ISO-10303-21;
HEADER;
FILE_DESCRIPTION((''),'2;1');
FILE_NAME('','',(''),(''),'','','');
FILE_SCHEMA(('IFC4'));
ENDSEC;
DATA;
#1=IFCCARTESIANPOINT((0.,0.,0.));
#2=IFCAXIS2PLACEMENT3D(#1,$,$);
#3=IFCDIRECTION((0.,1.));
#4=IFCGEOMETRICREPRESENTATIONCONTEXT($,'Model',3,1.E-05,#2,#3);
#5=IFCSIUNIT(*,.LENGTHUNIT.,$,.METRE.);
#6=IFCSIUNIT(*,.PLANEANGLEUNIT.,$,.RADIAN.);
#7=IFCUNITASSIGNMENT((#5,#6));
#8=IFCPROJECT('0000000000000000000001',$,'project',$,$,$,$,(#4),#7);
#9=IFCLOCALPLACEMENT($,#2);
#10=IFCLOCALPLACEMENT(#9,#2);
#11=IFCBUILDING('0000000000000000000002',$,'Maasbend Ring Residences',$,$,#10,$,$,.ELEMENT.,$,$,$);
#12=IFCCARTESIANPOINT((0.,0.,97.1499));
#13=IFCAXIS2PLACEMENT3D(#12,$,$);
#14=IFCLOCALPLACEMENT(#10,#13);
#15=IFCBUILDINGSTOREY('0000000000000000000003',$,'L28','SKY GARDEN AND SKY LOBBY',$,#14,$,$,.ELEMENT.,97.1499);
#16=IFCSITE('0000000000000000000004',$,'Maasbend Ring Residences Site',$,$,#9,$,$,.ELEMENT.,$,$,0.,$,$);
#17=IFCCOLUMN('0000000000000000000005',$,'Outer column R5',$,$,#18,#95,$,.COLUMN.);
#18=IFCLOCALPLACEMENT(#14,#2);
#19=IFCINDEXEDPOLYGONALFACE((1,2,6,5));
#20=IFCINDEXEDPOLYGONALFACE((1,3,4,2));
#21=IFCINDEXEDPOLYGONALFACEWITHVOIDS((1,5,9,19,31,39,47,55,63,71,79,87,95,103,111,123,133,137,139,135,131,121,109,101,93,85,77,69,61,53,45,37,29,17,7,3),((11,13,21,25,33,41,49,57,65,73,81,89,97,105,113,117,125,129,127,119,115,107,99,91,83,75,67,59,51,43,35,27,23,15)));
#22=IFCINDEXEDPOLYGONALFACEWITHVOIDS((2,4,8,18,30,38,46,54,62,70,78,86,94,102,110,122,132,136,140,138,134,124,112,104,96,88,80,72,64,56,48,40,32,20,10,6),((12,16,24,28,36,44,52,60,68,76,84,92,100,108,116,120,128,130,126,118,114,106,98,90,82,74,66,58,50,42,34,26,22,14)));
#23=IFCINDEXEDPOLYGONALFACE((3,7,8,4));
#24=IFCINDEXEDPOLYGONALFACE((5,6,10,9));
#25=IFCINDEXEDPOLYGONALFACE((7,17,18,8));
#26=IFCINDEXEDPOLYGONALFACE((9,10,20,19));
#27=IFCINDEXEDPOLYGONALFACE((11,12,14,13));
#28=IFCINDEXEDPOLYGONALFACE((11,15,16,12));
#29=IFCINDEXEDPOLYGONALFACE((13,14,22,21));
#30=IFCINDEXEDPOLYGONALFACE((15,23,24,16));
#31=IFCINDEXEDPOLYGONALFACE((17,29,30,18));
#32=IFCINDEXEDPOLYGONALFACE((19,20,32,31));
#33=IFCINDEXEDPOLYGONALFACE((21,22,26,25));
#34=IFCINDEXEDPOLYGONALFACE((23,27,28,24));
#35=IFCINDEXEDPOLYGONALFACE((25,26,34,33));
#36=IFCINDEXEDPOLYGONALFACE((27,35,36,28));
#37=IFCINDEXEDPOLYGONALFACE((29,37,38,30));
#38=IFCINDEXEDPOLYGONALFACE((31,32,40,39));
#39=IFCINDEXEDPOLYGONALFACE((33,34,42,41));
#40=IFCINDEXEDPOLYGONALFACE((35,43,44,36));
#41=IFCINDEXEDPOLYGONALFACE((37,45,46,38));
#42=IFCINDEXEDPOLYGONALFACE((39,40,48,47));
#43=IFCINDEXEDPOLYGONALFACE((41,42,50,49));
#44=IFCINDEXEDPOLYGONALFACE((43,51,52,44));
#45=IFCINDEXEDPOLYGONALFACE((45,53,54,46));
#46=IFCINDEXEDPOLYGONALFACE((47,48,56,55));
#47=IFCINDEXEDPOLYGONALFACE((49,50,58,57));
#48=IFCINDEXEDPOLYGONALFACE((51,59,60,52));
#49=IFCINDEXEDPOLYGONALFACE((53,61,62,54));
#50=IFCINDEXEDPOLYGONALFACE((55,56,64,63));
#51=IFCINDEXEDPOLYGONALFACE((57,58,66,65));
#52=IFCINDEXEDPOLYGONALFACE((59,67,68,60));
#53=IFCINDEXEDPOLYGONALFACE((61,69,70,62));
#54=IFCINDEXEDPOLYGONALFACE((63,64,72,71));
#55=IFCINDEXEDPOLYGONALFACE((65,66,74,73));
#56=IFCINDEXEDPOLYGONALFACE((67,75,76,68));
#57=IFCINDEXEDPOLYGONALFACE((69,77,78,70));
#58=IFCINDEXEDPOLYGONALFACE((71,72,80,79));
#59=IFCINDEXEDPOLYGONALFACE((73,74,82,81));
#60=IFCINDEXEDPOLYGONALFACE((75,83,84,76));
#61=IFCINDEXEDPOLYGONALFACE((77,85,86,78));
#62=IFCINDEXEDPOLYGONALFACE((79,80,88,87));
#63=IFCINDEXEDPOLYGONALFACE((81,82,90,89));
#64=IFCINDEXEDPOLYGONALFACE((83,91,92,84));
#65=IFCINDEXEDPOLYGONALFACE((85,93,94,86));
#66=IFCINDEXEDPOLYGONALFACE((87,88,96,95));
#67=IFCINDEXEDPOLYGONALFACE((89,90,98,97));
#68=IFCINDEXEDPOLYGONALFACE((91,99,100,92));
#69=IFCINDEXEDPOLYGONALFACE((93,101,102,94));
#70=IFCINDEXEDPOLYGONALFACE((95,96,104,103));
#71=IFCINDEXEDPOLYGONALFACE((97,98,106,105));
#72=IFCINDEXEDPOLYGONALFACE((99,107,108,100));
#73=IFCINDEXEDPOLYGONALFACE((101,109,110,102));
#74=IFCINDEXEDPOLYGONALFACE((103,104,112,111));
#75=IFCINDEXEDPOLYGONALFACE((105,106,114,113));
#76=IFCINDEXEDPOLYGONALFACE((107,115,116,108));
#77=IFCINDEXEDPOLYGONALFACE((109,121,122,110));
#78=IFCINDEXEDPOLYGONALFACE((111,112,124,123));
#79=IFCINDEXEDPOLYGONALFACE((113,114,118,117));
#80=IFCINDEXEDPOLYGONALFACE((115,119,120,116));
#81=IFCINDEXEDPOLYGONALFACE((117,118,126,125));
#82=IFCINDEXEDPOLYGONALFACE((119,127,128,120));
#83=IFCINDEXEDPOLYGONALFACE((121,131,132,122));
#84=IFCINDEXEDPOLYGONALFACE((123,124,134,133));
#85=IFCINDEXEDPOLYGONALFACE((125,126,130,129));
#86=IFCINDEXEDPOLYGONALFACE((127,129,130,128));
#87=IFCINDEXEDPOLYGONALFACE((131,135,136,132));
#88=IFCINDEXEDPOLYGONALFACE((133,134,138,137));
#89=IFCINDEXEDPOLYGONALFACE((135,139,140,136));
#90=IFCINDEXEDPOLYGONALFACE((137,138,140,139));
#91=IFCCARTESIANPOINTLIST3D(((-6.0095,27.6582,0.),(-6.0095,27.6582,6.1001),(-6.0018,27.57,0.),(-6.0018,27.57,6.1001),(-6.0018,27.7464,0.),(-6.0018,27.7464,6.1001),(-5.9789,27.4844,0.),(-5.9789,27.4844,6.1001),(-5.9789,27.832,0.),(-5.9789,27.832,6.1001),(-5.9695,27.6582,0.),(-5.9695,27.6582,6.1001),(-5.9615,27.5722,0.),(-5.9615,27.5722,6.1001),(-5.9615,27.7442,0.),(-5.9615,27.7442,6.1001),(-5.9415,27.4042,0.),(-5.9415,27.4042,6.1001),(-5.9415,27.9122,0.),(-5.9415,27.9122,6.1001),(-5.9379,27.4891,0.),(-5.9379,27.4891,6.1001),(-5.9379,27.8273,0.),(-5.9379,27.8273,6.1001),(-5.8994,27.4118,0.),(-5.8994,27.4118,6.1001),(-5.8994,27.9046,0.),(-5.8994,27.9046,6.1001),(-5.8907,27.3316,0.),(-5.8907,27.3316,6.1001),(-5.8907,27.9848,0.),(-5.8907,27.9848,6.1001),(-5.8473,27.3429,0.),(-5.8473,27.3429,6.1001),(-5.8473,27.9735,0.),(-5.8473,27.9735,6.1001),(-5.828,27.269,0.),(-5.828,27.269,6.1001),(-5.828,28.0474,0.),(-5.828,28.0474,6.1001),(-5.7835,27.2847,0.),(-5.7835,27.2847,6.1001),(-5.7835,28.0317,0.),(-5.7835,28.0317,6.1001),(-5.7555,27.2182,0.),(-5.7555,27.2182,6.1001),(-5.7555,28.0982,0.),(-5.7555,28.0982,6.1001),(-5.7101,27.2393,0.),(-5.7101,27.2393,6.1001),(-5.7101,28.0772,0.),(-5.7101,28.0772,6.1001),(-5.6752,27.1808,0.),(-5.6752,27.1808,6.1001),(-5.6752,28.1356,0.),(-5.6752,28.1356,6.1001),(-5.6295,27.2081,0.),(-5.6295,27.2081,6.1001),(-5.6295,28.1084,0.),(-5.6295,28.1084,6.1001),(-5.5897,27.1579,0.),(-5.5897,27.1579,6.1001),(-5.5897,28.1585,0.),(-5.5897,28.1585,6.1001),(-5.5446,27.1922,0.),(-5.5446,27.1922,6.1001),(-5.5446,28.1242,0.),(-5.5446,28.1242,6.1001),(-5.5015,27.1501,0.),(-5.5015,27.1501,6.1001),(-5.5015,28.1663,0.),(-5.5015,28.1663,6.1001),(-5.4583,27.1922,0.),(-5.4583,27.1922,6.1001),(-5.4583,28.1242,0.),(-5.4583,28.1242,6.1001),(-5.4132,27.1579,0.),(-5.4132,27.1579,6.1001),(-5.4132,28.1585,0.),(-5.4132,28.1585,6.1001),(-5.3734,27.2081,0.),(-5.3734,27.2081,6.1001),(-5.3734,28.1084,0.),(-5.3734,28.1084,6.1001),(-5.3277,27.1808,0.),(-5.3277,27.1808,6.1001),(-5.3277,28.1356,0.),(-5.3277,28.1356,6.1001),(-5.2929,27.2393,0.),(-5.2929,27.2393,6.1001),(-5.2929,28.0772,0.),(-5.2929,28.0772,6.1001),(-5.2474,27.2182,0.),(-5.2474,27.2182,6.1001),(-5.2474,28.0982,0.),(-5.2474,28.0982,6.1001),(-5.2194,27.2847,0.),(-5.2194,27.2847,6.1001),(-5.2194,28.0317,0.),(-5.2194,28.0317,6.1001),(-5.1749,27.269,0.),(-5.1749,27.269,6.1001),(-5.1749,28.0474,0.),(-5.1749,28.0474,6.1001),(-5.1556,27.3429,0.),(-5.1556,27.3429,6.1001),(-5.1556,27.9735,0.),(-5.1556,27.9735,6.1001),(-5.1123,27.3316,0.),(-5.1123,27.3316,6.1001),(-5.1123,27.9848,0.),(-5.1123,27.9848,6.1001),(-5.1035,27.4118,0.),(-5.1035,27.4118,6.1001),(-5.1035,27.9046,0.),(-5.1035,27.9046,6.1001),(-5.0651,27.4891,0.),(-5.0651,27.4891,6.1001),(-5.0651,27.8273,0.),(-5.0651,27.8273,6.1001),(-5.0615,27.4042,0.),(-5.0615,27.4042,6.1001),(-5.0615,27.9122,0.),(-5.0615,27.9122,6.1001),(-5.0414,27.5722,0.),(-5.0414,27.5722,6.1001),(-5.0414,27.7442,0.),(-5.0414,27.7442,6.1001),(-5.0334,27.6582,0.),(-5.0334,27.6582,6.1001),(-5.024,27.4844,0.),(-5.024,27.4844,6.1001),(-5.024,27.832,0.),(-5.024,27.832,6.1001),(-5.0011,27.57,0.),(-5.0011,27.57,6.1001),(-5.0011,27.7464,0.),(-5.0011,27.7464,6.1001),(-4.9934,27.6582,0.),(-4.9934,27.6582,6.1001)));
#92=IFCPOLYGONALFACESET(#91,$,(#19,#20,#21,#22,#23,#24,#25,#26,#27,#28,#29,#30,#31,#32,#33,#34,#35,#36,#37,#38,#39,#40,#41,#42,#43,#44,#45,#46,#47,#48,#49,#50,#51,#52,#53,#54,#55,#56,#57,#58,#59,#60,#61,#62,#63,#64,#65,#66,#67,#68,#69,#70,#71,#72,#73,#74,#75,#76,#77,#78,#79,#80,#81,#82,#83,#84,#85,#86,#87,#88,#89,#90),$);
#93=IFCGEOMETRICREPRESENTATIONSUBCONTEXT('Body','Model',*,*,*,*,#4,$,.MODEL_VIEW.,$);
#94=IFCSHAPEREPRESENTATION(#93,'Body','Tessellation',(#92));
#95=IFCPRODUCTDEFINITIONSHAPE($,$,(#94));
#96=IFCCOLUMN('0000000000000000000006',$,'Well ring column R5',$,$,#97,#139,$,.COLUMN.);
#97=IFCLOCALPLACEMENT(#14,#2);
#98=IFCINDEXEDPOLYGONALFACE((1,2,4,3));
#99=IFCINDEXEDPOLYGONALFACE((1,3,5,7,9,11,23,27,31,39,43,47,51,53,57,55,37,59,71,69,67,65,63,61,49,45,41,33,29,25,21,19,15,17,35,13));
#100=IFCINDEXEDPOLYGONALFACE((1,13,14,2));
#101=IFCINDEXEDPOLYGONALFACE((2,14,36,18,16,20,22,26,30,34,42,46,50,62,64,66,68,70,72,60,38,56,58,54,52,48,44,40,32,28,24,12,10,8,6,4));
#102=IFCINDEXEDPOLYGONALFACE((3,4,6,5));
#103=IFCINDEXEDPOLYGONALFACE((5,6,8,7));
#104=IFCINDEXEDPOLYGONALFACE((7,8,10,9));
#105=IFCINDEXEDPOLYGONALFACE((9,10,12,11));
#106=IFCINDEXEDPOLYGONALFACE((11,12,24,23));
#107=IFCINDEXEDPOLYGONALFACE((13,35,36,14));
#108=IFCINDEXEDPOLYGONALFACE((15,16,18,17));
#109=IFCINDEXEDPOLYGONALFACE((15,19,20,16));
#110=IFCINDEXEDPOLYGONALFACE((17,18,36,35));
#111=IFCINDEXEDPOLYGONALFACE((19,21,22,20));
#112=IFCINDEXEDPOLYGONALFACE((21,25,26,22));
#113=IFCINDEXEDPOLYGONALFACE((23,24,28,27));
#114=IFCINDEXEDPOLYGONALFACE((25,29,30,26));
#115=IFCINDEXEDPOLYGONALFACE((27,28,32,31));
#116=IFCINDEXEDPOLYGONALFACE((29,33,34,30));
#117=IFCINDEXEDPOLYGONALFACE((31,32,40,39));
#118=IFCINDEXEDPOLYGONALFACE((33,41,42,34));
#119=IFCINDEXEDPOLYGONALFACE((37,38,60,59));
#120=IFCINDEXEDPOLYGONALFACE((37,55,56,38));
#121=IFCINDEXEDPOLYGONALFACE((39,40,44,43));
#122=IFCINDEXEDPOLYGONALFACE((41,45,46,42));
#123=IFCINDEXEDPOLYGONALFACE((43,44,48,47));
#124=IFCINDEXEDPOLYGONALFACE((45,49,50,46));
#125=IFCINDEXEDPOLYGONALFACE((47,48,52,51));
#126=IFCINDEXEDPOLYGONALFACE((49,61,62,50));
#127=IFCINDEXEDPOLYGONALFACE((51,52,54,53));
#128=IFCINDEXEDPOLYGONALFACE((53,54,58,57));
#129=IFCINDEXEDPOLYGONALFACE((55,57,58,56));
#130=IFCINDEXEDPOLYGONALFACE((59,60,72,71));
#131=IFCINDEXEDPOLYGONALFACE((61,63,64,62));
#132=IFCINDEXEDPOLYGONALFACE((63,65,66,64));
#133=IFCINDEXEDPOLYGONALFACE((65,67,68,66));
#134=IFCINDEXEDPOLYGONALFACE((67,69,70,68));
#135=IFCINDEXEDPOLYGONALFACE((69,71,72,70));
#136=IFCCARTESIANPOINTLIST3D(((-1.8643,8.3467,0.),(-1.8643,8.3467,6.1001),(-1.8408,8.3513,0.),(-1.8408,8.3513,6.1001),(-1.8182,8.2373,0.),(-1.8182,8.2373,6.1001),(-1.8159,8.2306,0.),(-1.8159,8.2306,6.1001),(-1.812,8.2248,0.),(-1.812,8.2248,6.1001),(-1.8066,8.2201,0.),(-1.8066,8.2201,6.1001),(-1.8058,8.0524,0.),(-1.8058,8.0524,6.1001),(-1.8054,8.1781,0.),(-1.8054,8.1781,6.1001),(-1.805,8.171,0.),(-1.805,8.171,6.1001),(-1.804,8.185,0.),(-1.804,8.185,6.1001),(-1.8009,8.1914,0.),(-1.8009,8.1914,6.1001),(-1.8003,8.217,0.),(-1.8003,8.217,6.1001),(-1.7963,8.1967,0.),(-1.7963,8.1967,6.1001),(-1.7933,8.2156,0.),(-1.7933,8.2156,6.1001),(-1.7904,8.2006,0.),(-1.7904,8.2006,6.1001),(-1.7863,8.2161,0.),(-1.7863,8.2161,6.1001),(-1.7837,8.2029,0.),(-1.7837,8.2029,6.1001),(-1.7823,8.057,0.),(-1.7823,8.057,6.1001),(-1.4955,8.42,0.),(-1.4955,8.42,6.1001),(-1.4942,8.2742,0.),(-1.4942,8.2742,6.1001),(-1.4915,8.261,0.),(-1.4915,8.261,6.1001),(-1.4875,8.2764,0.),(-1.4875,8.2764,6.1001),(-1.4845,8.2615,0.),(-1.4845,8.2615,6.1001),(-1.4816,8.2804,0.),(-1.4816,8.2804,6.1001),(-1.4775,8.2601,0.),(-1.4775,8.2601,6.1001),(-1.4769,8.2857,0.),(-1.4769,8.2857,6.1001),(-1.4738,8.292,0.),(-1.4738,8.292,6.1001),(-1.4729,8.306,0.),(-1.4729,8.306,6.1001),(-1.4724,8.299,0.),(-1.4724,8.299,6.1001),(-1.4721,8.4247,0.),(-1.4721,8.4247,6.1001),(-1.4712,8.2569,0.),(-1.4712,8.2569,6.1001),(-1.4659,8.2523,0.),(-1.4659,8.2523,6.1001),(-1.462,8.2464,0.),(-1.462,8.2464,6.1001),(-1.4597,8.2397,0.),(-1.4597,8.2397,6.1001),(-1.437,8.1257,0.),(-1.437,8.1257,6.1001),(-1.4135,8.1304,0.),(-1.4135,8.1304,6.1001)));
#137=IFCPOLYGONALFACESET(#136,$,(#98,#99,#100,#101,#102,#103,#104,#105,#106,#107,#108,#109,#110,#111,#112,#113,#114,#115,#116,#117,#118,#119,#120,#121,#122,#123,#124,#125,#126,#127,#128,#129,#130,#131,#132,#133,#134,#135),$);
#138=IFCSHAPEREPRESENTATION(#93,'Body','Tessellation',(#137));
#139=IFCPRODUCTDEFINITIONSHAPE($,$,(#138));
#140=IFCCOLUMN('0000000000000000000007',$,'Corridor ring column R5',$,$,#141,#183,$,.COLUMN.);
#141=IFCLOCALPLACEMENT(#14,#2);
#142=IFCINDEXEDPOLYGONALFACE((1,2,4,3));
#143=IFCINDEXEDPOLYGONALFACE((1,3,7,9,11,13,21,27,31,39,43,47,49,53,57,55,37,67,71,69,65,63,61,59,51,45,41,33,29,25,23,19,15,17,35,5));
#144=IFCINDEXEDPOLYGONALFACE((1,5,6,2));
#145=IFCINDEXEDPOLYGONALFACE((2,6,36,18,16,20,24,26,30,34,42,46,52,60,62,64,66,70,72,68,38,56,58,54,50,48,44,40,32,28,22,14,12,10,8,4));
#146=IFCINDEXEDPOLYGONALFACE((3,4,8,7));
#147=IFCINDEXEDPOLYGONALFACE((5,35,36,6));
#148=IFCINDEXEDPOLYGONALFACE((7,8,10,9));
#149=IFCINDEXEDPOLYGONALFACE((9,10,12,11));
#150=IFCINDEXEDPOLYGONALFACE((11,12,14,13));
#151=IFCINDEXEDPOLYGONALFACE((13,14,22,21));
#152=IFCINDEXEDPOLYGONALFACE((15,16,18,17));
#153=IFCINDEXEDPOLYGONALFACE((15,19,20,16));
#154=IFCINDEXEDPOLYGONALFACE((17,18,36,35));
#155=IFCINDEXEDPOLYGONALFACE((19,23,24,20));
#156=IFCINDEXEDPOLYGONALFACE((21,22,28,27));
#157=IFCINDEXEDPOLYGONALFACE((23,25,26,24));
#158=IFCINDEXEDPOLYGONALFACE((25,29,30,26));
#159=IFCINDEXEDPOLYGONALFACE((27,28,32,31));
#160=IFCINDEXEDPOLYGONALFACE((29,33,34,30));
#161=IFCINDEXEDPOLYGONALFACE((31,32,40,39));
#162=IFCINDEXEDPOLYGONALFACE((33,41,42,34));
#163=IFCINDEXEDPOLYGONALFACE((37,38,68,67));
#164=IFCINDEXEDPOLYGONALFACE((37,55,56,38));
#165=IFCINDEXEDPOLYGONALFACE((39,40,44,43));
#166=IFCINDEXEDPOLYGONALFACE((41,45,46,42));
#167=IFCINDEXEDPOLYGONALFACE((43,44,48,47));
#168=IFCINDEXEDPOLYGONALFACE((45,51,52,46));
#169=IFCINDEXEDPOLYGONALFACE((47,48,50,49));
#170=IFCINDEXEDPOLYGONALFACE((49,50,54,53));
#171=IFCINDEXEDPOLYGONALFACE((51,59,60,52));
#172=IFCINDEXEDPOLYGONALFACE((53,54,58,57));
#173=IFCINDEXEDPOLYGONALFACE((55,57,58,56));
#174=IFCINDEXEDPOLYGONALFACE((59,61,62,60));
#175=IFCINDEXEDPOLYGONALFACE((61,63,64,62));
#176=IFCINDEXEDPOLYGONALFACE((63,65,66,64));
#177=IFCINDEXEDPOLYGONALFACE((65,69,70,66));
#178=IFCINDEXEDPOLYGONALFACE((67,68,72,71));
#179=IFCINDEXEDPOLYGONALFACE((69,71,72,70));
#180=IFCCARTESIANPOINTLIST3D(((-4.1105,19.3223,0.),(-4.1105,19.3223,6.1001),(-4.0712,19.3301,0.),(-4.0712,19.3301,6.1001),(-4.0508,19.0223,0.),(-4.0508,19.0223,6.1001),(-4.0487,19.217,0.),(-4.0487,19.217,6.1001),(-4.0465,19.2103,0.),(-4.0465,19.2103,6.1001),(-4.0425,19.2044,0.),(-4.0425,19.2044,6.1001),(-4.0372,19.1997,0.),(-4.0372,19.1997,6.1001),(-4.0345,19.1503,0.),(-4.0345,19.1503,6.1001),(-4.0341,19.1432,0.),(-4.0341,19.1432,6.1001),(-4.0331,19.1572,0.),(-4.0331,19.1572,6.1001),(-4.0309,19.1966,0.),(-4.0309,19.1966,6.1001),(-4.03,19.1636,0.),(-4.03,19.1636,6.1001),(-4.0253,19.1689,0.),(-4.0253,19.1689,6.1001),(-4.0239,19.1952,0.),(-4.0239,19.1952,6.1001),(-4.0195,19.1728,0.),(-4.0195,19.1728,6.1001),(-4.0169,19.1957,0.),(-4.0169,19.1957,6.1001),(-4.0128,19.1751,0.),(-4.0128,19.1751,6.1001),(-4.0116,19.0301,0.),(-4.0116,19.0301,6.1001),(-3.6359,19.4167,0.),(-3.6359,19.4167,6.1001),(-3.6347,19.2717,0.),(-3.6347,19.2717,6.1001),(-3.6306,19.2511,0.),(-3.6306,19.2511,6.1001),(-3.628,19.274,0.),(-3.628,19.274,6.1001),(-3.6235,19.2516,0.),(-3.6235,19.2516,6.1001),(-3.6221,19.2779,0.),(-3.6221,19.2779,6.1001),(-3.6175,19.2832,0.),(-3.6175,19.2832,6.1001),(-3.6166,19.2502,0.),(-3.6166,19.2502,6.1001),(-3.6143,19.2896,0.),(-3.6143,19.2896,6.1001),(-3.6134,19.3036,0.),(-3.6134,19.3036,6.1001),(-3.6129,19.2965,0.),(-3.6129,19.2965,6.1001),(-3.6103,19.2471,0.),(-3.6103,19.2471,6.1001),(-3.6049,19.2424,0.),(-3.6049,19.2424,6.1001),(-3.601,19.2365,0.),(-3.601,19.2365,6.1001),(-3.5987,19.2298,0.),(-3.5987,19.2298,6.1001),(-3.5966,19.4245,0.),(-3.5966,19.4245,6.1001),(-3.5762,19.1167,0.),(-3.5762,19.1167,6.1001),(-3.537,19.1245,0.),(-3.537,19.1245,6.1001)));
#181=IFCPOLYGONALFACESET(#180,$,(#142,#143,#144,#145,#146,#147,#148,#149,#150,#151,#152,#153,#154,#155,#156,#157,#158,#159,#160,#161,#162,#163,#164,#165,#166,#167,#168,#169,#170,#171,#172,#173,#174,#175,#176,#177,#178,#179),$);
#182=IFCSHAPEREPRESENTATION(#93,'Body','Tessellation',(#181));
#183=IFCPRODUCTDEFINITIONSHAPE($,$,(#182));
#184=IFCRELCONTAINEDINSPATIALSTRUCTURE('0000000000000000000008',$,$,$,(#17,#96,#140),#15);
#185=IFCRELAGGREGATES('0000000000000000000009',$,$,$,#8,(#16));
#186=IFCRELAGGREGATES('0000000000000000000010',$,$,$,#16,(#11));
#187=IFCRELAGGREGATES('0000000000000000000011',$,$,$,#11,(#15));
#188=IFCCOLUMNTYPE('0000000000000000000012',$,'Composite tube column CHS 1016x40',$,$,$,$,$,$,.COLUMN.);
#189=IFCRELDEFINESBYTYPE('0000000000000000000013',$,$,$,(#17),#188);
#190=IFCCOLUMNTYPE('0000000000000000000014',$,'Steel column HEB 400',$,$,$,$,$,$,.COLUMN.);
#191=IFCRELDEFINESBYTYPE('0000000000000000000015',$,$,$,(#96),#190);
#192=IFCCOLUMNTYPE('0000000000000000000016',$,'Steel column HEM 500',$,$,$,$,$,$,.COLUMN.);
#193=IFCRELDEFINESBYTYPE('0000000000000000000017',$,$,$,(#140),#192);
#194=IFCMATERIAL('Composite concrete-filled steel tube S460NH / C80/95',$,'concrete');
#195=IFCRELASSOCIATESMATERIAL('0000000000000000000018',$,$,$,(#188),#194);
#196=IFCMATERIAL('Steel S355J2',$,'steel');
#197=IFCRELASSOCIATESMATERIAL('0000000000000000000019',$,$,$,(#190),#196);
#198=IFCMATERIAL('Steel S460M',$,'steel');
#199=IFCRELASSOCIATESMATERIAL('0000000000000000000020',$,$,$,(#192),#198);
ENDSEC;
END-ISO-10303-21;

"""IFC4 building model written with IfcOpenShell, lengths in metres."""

from ifc_helpers import new_model, si_unit, direction, frame, origin, origin_2d, place, context, subcontext, project, spatial, hollow_circle, i_section, extrude, material, material_profile, profile_set, type_object, element, save


model = new_model("IFC4")

# Units and contexts
model_context = context("Model", 3, precision=1e-05, world=origin(), true_north=direction((0.0, 1.0)))
body_context = subcontext(model_context, "Body", "Model", "MODEL_VIEW")
ifc_project = project(units=[si_unit("LENGTHUNIT", "METRE"), si_unit("PLANEANGLEUNIT", "RADIAN")], contexts=[model_context])

# Site, building, storey
site_placement = place(None, origin())
site = spatial("IfcSite", under=ifc_project, at=site_placement, Name="Maasbend Ring Residences Site", CompositionType="ELEMENT", RefElevation=0.0)
building_placement = place(site_placement, origin())
building = spatial("IfcBuilding", under=site, at=building_placement, Name="Maasbend Ring Residences", CompositionType="ELEMENT")
storey_placement = place(building_placement, frame((0.0, 0.0, 97.1499)))
storey = spatial("IfcBuildingStorey", under=building, at=storey_placement, Name="L28", Description="SKY GARDEN AND SKY LOBBY", CompositionType="ELEMENT", Elevation=97.1499)

# Columns
ifc_material_1 = material(Name="Composite concrete-filled steel tube S460NH / C80/95", Category="concrete")
ifc_material_profile_1 = material_profile(ifc_material_1, hollow_circle(Radius=0.5081, WallThickness=0.04, at=origin_2d()), Name="Composite tube column CHS 1016x40")
ifc_profile_set_1 = profile_set([ifc_material_profile_1], Name="Composite concrete-filled steel tube S460NH / C80/95")
column_type_1 = type_object("IfcColumnType", Name="Composite tube column CHS 1016x40", PredefinedType="COLUMN", material=ifc_profile_set_1)
column_1_placement = place(storey_placement, frame((-5.5015, 27.6582, 0.0), z_axis=(0.0, 0.0, 1.0), x_axis=(1.0, 0.0, 0.0)))
element("IfcColumn", 1, at=column_1_placement, inside=storey, type_object=column_type_1, Name="Outer column R5", PredefinedType="COLUMN", context=body_context, shape_type="SweptSolid", body=[
    extrude(hollow_circle(Radius=0.5081, WallThickness=0.04, at=origin_2d()), origin(), (0.0, 0.0, 1.0), 6.1001),
])
ifc_material_2 = material(Name="Steel S355J2", Category="steel")
ifc_material_profile_2 = material_profile(ifc_material_2, i_section(OverallWidth=0.3, OverallDepth=0.3999, WebThickness=0.0134, FlangeThickness=0.0239, FilletRadius=0.0271, at=origin_2d()), Name="HEB 400")
ifc_profile_set_2 = profile_set([ifc_material_profile_2], Name="Steel S355J2")
column_type_2 = type_object("IfcColumnType", Name="Steel column HEB 400", PredefinedType="COLUMN", material=ifc_profile_set_2)
column_2_placement = place(storey_placement, frame((-1.6389, 8.2385, 0.0), z_axis=(0.0, 0.0, 1.0), x_axis=(-0.19509, 0.980785, 0.0)))
element("IfcColumn", 2, at=column_2_placement, inside=storey, type_object=column_type_2, Name="Well ring column R5", PredefinedType="COLUMN", context=body_context, shape_type="SweptSolid", body=[
    extrude(i_section(OverallWidth=0.3, OverallDepth=0.3999, WebThickness=0.0134, FlangeThickness=0.0239, FilletRadius=0.0271, at=origin_2d()), origin(), (0.0, 0.0, 1.0), 6.1001),
])
ifc_material_3 = material(Name="Steel S460M", Category="steel")
ifc_material_profile_3 = material_profile(ifc_material_3, i_section(OverallWidth=0.3059, OverallDepth=0.5239, WebThickness=0.021, FlangeThickness=0.04, FilletRadius=0.0271, at=origin_2d()), Name="HEM 500")
ifc_profile_set_3 = profile_set([ifc_material_profile_3], Name="Steel S460M")
column_type_3 = type_object("IfcColumnType", Name="Steel column HEM 500", PredefinedType="COLUMN", material=ifc_profile_set_3)
for number, where, z_axis, x_axis, name in (
    (3, (-3.8237, 19.2234, 0.0), (0.0, 0.0, 1.0), (-0.19509, 0.980785, 0.0), "Corridor ring column R5"),
):
    element("IfcColumn", number, at=place(storey_placement, frame(where, z_axis=z_axis, x_axis=x_axis)), inside=storey, type_object=column_type_3, Name=name, PredefinedType="COLUMN", context=body_context, shape_type="SweptSolid", body=[
        extrude(i_section(OverallWidth=0.3059, OverallDepth=0.5239, WebThickness=0.021, FlangeThickness=0.04, FilletRadius=0.0271, at=origin_2d()), origin(), (0.0, 0.0, 1.0), 6.1001),
    ])

save(model, "model.ifc")
